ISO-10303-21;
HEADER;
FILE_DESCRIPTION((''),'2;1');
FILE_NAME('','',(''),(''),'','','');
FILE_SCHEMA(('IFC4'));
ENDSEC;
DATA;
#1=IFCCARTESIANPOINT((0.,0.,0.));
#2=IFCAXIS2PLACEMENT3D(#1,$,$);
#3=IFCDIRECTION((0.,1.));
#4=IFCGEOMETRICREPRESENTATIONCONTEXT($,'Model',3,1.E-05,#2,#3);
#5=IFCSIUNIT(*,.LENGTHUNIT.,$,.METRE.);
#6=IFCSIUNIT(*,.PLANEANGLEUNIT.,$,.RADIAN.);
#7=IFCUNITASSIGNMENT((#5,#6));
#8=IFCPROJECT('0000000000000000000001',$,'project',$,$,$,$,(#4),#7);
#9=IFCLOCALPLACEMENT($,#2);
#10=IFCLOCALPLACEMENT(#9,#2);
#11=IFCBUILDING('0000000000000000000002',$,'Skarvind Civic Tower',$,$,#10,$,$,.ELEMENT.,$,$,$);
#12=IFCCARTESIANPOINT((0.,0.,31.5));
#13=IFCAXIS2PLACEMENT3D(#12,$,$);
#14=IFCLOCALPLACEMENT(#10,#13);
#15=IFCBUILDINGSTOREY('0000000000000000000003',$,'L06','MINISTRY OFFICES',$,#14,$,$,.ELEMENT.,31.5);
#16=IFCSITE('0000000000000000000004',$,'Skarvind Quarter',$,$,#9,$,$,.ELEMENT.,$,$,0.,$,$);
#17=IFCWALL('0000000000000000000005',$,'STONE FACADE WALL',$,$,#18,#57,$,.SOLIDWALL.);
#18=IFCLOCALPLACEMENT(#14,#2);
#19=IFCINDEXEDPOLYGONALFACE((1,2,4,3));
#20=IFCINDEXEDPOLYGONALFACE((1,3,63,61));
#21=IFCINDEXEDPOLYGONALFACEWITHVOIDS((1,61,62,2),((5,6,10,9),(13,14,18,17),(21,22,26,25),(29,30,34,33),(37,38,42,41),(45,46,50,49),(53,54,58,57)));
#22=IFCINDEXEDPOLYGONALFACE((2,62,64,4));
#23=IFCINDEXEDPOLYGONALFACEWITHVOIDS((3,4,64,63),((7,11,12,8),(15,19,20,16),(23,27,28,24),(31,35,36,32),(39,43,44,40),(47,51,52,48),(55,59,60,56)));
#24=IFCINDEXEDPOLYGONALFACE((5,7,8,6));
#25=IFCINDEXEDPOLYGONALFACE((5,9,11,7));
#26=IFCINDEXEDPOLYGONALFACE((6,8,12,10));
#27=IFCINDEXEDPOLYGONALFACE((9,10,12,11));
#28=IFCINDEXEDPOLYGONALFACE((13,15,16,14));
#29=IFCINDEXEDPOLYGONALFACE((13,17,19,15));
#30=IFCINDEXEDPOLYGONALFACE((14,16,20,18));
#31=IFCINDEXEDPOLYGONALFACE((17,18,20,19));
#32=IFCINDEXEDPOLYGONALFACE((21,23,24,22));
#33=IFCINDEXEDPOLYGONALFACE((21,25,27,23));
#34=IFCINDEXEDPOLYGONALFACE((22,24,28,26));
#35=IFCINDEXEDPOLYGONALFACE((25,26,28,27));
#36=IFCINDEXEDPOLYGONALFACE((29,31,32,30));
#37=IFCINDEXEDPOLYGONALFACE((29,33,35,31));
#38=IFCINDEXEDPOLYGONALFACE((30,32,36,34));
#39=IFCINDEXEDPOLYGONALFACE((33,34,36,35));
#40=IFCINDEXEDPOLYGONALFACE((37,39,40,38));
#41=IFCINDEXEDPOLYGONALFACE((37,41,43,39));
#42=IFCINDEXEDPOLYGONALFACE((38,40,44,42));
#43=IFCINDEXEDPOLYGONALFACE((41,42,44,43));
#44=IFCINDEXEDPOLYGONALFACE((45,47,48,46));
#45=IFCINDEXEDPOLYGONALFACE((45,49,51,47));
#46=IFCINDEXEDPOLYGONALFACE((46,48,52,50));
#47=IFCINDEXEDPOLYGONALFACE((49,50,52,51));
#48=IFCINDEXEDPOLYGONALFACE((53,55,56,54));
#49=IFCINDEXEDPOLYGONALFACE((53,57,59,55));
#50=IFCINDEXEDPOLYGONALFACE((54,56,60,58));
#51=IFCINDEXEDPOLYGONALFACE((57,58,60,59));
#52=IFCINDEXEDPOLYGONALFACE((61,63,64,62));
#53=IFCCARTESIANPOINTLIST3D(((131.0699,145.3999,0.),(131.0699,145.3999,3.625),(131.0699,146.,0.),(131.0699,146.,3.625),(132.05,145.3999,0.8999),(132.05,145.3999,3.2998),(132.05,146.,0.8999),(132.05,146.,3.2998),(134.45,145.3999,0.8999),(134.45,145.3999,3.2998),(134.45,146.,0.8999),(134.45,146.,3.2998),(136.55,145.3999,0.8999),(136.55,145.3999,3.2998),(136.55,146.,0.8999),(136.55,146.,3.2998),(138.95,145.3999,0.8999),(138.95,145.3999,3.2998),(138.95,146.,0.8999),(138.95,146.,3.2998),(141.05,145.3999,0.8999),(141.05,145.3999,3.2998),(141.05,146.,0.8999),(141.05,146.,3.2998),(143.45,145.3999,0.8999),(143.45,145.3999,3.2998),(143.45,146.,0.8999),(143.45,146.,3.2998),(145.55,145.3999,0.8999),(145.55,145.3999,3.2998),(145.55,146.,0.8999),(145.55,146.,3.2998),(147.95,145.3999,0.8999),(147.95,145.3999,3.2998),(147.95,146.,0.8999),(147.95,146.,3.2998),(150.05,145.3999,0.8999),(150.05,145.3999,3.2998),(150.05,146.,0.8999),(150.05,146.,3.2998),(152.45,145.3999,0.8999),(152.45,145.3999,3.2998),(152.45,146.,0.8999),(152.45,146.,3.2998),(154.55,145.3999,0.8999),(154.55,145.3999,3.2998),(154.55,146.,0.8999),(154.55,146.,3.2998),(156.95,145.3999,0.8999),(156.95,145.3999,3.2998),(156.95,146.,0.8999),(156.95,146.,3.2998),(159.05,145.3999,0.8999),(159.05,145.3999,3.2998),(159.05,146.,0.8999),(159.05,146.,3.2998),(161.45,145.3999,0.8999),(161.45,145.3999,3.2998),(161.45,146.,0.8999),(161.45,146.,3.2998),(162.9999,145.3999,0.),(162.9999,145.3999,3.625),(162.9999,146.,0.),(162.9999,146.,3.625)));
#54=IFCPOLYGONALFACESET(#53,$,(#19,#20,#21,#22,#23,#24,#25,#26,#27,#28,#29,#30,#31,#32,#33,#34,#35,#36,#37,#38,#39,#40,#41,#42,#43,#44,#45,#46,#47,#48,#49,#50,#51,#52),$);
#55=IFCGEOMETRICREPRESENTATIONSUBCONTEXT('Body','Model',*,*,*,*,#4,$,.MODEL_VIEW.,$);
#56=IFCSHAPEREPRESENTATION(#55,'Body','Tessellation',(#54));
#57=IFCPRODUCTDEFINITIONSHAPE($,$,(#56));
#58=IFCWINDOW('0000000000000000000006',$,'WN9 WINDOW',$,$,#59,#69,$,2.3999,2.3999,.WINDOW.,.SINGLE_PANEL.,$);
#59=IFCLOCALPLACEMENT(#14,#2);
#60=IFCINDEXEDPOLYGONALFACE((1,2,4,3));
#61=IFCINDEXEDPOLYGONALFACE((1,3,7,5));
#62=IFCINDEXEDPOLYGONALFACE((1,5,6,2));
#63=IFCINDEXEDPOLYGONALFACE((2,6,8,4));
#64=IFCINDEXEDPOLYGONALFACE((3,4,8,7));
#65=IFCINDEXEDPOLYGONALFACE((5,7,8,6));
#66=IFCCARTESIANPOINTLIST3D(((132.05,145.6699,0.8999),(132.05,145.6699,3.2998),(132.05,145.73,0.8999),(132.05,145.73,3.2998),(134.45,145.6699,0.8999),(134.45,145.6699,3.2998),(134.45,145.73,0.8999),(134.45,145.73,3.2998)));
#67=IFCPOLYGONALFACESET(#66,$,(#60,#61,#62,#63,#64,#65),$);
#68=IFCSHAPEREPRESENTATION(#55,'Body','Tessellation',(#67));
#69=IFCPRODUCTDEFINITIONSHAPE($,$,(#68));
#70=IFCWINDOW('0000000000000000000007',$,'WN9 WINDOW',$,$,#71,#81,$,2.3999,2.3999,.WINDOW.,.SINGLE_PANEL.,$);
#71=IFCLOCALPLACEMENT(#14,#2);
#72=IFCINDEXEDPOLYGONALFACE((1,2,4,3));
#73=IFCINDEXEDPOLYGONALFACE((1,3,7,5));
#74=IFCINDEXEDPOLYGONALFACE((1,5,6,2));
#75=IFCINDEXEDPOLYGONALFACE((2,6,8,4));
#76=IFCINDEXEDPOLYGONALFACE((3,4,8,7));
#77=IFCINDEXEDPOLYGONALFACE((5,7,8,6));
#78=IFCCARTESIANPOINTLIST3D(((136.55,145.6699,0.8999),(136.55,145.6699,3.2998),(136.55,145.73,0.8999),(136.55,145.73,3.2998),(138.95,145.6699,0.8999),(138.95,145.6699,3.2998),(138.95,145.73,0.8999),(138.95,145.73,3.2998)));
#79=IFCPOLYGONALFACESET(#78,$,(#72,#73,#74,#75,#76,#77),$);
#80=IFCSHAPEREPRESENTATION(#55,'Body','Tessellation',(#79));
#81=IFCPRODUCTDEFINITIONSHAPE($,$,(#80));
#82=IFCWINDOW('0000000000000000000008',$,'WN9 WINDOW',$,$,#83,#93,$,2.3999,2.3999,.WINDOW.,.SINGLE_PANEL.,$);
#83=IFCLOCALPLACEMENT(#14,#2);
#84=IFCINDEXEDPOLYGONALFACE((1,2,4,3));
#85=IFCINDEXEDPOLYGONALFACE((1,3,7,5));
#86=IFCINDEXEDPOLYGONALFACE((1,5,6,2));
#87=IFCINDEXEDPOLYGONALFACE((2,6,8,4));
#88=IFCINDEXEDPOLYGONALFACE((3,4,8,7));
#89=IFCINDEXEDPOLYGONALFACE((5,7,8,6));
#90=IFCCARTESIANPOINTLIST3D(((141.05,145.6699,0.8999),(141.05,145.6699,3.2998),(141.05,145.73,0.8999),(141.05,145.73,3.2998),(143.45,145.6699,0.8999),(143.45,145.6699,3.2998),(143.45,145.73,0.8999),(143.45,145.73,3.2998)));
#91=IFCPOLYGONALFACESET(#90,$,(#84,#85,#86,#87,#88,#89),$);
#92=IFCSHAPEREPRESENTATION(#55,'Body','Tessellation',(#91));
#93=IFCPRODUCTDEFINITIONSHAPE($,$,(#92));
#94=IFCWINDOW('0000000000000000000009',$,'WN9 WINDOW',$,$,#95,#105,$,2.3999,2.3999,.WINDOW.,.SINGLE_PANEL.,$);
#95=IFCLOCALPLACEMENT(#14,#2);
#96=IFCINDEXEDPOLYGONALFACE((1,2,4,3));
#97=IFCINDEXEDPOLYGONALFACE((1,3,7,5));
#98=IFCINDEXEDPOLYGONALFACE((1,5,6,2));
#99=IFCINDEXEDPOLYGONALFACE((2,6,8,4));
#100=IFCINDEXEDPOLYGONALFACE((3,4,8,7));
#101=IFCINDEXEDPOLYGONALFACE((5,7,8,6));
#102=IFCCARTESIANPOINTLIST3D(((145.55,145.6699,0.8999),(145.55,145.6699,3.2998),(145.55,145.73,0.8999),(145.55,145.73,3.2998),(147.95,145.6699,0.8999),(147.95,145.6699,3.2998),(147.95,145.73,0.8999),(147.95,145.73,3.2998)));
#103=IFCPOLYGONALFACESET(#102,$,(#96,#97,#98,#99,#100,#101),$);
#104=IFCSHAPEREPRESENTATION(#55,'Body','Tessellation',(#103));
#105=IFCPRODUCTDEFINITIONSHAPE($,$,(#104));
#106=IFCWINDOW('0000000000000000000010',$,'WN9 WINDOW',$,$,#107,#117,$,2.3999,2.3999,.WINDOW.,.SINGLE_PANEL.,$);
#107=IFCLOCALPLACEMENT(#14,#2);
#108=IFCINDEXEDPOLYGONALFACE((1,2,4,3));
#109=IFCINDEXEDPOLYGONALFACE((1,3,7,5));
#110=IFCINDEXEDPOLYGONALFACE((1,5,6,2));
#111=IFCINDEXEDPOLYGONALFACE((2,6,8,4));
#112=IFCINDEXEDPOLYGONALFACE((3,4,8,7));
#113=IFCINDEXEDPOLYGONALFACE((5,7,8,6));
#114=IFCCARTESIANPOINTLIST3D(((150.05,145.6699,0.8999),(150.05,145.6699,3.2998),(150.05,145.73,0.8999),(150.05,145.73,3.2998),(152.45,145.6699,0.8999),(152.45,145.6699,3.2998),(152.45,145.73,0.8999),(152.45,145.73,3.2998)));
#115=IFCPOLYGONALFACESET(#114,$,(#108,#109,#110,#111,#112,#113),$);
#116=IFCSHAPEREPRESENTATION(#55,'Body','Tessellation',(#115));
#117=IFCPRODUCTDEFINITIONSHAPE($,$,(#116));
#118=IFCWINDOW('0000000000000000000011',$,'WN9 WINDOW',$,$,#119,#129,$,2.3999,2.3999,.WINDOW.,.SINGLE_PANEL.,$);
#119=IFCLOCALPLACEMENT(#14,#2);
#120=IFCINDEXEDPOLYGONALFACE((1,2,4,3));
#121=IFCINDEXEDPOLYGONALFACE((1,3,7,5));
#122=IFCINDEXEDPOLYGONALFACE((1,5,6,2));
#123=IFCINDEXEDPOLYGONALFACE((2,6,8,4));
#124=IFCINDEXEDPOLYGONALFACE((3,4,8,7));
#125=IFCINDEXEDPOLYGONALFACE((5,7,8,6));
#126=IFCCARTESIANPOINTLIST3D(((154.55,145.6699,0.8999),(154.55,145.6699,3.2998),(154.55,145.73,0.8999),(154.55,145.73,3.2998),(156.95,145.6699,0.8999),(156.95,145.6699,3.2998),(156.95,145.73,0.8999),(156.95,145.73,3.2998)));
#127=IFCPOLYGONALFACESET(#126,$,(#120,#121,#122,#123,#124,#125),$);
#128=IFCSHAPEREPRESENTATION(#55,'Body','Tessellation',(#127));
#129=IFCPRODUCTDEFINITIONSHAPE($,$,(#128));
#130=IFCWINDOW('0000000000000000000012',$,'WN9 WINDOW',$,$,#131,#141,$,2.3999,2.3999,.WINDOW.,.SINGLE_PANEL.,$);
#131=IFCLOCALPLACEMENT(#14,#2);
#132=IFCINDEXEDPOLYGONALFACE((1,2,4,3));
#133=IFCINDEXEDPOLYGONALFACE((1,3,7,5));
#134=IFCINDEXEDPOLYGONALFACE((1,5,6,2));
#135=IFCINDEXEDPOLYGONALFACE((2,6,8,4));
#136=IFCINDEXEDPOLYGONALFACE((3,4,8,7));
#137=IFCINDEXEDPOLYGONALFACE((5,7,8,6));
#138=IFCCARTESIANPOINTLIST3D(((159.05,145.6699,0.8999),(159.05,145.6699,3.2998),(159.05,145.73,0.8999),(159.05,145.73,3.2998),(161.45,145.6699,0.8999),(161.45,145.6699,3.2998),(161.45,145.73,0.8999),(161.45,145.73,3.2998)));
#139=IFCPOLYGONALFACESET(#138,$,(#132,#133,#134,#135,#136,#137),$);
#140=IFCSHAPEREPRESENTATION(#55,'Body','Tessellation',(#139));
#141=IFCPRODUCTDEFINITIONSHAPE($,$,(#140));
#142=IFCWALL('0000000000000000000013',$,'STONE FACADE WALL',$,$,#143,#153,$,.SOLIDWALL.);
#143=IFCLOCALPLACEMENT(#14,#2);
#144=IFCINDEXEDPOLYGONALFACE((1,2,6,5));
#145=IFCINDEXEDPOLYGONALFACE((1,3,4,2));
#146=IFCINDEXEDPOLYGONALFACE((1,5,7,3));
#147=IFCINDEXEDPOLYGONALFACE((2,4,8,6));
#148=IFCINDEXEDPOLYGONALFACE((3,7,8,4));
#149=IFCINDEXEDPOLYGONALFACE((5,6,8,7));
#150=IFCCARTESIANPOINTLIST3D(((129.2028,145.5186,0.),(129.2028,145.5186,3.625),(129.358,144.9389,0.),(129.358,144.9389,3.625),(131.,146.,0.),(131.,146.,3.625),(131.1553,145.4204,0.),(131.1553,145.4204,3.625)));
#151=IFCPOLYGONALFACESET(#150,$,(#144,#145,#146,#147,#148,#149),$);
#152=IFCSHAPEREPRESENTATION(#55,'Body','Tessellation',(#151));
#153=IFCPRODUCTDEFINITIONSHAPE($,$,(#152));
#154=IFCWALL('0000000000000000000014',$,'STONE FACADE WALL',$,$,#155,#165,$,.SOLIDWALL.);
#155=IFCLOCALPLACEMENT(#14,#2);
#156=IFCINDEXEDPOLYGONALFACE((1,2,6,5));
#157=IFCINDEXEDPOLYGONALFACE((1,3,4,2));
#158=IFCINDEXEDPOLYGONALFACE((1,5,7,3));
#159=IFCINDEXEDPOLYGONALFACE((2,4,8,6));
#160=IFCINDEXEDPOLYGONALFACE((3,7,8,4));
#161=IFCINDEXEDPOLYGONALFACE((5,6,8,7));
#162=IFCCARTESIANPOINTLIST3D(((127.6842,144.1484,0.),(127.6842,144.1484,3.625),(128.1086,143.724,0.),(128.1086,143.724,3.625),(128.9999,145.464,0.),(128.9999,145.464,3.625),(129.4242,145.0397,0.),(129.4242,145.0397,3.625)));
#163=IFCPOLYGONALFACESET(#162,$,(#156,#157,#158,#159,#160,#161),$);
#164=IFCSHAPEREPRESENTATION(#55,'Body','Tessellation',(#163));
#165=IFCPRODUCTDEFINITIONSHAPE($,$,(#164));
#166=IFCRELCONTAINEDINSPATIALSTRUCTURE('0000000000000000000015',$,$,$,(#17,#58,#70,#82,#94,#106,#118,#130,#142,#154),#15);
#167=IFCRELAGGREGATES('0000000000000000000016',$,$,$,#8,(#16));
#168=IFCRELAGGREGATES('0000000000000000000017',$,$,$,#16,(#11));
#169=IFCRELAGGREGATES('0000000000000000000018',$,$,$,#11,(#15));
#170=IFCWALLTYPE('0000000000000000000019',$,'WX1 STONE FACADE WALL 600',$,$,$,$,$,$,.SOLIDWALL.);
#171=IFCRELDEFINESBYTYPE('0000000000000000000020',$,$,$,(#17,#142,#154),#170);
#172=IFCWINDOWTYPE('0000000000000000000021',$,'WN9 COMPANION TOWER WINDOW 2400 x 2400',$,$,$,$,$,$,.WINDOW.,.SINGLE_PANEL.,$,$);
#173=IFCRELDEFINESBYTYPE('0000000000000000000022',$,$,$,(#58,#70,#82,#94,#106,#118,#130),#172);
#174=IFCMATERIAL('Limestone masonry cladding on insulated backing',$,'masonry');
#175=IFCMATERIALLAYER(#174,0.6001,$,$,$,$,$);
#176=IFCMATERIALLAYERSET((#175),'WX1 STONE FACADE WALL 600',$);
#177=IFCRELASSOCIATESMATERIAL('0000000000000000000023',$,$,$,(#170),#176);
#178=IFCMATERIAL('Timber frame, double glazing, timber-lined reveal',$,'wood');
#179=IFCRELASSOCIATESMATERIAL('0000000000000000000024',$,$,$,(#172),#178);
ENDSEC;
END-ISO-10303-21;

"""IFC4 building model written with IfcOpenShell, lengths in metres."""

from ifc_helpers import new_model, si_unit, direction, frame, frame_2d, origin, place, context, subcontext, project, spatial, rectangle, extrude, material, layer, layer_set, type_object, element, fill, save


model = new_model("IFC4")

# Units and contexts
model_context = context("Model", 3, precision=1e-05, world=origin(), true_north=direction((0.0, 1.0)))
body_context = subcontext(model_context, "Body", "Model", "MODEL_VIEW")
ifc_project = project(units=[si_unit("LENGTHUNIT", "METRE"), si_unit("PLANEANGLEUNIT", "RADIAN")], contexts=[model_context])

# Site, building, storey
site_placement = place(None, origin())
site = spatial("IfcSite", under=ifc_project, at=site_placement, Name="Skarvind Quarter", CompositionType="ELEMENT", RefElevation=0.0)
building_placement = place(site_placement, origin())
building = spatial("IfcBuilding", under=site, at=building_placement, Name="Skarvind Civic Tower", CompositionType="ELEMENT")
storey_placement = place(building_placement, frame((0.0, 0.0, 31.5)))
storey = spatial("IfcBuildingStorey", under=building, at=storey_placement, Name="L06", Description="MINISTRY OFFICES", CompositionType="ELEMENT", Elevation=31.5)

# Wall, openings, windows
ifc_material_1 = material(Name="Limestone masonry cladding on insulated backing", Category="masonry")
ifc_layer_1 = layer(ifc_material_1, 0.6001)
ifc_layer_set_1 = layer_set([ifc_layer_1], Name="WX1 STONE FACADE WALL 600")
wall_type_1 = type_object("IfcWallType", Name="WX1 STONE FACADE WALL 600", PredefinedType="SOLIDWALL", material=ifc_layer_set_1)
wall_1_placement = place(storey_placement, frame((131.0701, 145.7, 0.0), z_axis=(0.0, 0.0, 1.0), x_axis=(1.0, 0.0, 0.0)))
wall_1 = element("IfcWall", 1, at=wall_1_placement, inside=storey, type_object=wall_type_1, Name="STONE FACADE WALL", PredefinedType="SOLIDWALL", context=body_context, shape_type="SweptSolid", body=[
    extrude(rectangle(XDim=31.9299, YDim=0.6001, at=frame_2d((15.9648, 0.0))), origin(), (0.0, 0.0, 1.0), 3.625),
])
opening_1_placement = place(wall_1_placement, frame((0.98, 0.0, 0.8999)))
opening_1 = element("IfcOpeningElement", 2, at=opening_1_placement, cuts=wall_1, PredefinedType="OPENING", context=body_context, shape_type="SweptSolid", body=[
    extrude(rectangle(XDim=2.3999, YDim=2.3999, at=frame_2d((1.2, 1.2))), frame((0.0, 0.3101, 0.0), z_axis=(0.0, -1.0, 0.0), x_axis=(1.0, 0.0, 0.0)), (0.0, 0.0, 1.0), 0.6201),
])
opening_2_placement = place(wall_1_placement, frame((5.48, 0.0, 0.8999)))
opening_2 = element("IfcOpeningElement", 3, at=opening_2_placement, cuts=wall_1, PredefinedType="OPENING", context=body_context, shape_type="SweptSolid", body=[
    extrude(rectangle(XDim=2.3999, YDim=2.3999, at=frame_2d((1.2, 1.2))), frame((0.0, 0.3101, 0.0), z_axis=(0.0, -1.0, 0.0), x_axis=(1.0, 0.0, 0.0)), (0.0, 0.0, 1.0), 0.6201),
])
opening_3_placement = place(wall_1_placement, frame((9.98, 0.0, 0.8999)))
opening_3 = element("IfcOpeningElement", 4, at=opening_3_placement, cuts=wall_1, PredefinedType="OPENING", context=body_context, shape_type="SweptSolid", body=[
    extrude(rectangle(XDim=2.3999, YDim=2.3999, at=frame_2d((1.2, 1.2))), frame((0.0, 0.3101, 0.0), z_axis=(0.0, -1.0, 0.0), x_axis=(1.0, 0.0, 0.0)), (0.0, 0.0, 1.0), 0.6201),
])
opening_4_placement = place(wall_1_placement, frame((14.48, 0.0, 0.8999)))
opening_4 = element("IfcOpeningElement", 5, at=opening_4_placement, cuts=wall_1, PredefinedType="OPENING", context=body_context, shape_type="SweptSolid", body=[
    extrude(rectangle(XDim=2.3999, YDim=2.3999, at=frame_2d((1.2, 1.2))), frame((0.0, 0.3101, 0.0), z_axis=(0.0, -1.0, 0.0), x_axis=(1.0, 0.0, 0.0)), (0.0, 0.0, 1.0), 0.6201),
])
opening_5_placement = place(wall_1_placement, frame((18.98, 0.0, 0.8999)))
opening_5 = element("IfcOpeningElement", 6, at=opening_5_placement, cuts=wall_1, PredefinedType="OPENING", context=body_context, shape_type="SweptSolid", body=[
    extrude(rectangle(XDim=2.3999, YDim=2.3999, at=frame_2d((1.2, 1.2))), frame((0.0, 0.3101, 0.0), z_axis=(0.0, -1.0, 0.0), x_axis=(1.0, 0.0, 0.0)), (0.0, 0.0, 1.0), 0.6201),
])
opening_6_placement = place(wall_1_placement, frame((23.48, 0.0, 0.8999)))
opening_6 = element("IfcOpeningElement", 7, at=opening_6_placement, cuts=wall_1, PredefinedType="OPENING", context=body_context, shape_type="SweptSolid", body=[
    extrude(rectangle(XDim=2.3999, YDim=2.3999, at=frame_2d((1.2, 1.2))), frame((0.0, 0.3101, 0.0), z_axis=(0.0, -1.0, 0.0), x_axis=(1.0, 0.0, 0.0)), (0.0, 0.0, 1.0), 0.6201),
])
opening_7_placement = place(wall_1_placement, frame((27.98, 0.0, 0.8999)))
opening_7 = element("IfcOpeningElement", 8, at=opening_7_placement, cuts=wall_1, PredefinedType="OPENING", context=body_context, shape_type="SweptSolid", body=[
    extrude(rectangle(XDim=2.3999, YDim=2.3999, at=frame_2d((1.2, 1.2))), frame((0.0, 0.3101, 0.0), z_axis=(0.0, -1.0, 0.0), x_axis=(1.0, 0.0, 0.0)), (0.0, 0.0, 1.0), 0.6201),
])
ifc_material_2 = material(Name="Timber frame, double glazing, timber-lined reveal", Category="wood")
window_type = type_object("IfcWindowType", Name="WN9 COMPANION TOWER WINDOW 2400 x 2400", PartitioningType="SINGLE_PANEL", PredefinedType="WINDOW", material=ifc_material_2)
window_1_placement = place(opening_1_placement, origin())
window_1 = element("IfcWindow", 9, at=window_1_placement, inside=storey, type_object=window_type, Name="WN9 WINDOW", OverallHeight=2.3999, OverallWidth=2.3999, PartitioningType="SINGLE_PANEL", PredefinedType="WINDOW", context=body_context, shape_type="SweptSolid", body=[
    extrude(rectangle(XDim=2.3999, YDim=2.3999, at=frame_2d((1.2, 1.2))), frame((0.0, 0.03, 0.0), z_axis=(0.0, -1.0, 0.0), x_axis=(1.0, 0.0, 0.0)), (0.0, 0.0, 1.0), 0.0601),
])
fill(opening_1, window_1)
window_2_placement = place(opening_2_placement, origin())
window_2 = element("IfcWindow", 10, at=window_2_placement, inside=storey, type_object=window_type, Name="WN9 WINDOW", OverallHeight=2.3999, OverallWidth=2.3999, PartitioningType="SINGLE_PANEL", PredefinedType="WINDOW", context=body_context, shape_type="SweptSolid", body=[
    extrude(rectangle(XDim=2.3999, YDim=2.3999, at=frame_2d((1.2, 1.2))), frame((0.0, 0.03, 0.0), z_axis=(0.0, -1.0, 0.0), x_axis=(1.0, 0.0, 0.0)), (0.0, 0.0, 1.0), 0.0601),
])
fill(opening_2, window_2)
window_3_placement = place(opening_3_placement, origin())
window_3 = element("IfcWindow", 11, at=window_3_placement, inside=storey, type_object=window_type, Name="WN9 WINDOW", OverallHeight=2.3999, OverallWidth=2.3999, PartitioningType="SINGLE_PANEL", PredefinedType="WINDOW", context=body_context, shape_type="SweptSolid", body=[
    extrude(rectangle(XDim=2.3999, YDim=2.3999, at=frame_2d((1.2, 1.2))), frame((0.0, 0.03, 0.0), z_axis=(0.0, -1.0, 0.0), x_axis=(1.0, 0.0, 0.0)), (0.0, 0.0, 1.0), 0.0601),
])
fill(opening_3, window_3)
window_4_placement = place(opening_4_placement, origin())
window_4 = element("IfcWindow", 12, at=window_4_placement, inside=storey, type_object=window_type, Name="WN9 WINDOW", OverallHeight=2.3999, OverallWidth=2.3999, PartitioningType="SINGLE_PANEL", PredefinedType="WINDOW", context=body_context, shape_type="SweptSolid", body=[
    extrude(rectangle(XDim=2.3999, YDim=2.3999, at=frame_2d((1.2, 1.2))), frame((0.0, 0.03, 0.0), z_axis=(0.0, -1.0, 0.0), x_axis=(1.0, 0.0, 0.0)), (0.0, 0.0, 1.0), 0.0601),
])
fill(opening_4, window_4)
window_5_placement = place(opening_5_placement, origin())
window_5 = element("IfcWindow", 13, at=window_5_placement, inside=storey, type_object=window_type, Name="WN9 WINDOW", OverallHeight=2.3999, OverallWidth=2.3999, PartitioningType="SINGLE_PANEL", PredefinedType="WINDOW", context=body_context, shape_type="SweptSolid", body=[
    extrude(rectangle(XDim=2.3999, YDim=2.3999, at=frame_2d((1.2, 1.2))), frame((0.0, 0.03, 0.0), z_axis=(0.0, -1.0, 0.0), x_axis=(1.0, 0.0, 0.0)), (0.0, 0.0, 1.0), 0.0601),
])
fill(opening_5, window_5)
window_6_placement = place(opening_6_placement, origin())
window_6 = element("IfcWindow", 14, at=window_6_placement, inside=storey, type_object=window_type, Name="WN9 WINDOW", OverallHeight=2.3999, OverallWidth=2.3999, PartitioningType="SINGLE_PANEL", PredefinedType="WINDOW", context=body_context, shape_type="SweptSolid", body=[
    extrude(rectangle(XDim=2.3999, YDim=2.3999, at=frame_2d((1.2, 1.2))), frame((0.0, 0.03, 0.0), z_axis=(0.0, -1.0, 0.0), x_axis=(1.0, 0.0, 0.0)), (0.0, 0.0, 1.0), 0.0601),
])
fill(opening_6, window_6)
window_7_placement = place(opening_7_placement, origin())
window_7 = element("IfcWindow", 15, at=window_7_placement, inside=storey, type_object=window_type, Name="WN9 WINDOW", OverallHeight=2.3999, OverallWidth=2.3999, PartitioningType="SINGLE_PANEL", PredefinedType="WINDOW", context=body_context, shape_type="SweptSolid", body=[
    extrude(rectangle(XDim=2.3999, YDim=2.3999, at=frame_2d((1.2, 1.2))), frame((0.0, 0.03, 0.0), z_axis=(0.0, -1.0, 0.0), x_axis=(1.0, 0.0, 0.0)), (0.0, 0.0, 1.0), 0.0601),
])
fill(opening_7, window_7)

# Walls
for number, where, z_axis, x_axis, name in (
    (16, (129.2805, 145.2288, 0.0), (0.0, 0.0, 1.0), (0.965938, 0.258773, 0.0), "STONE FACADE WALL"),
    (17, (127.8965, 143.9363, 0.0), (0.0, 0.0, 1.0), (0.707107, 0.707107, 0.0), "STONE FACADE WALL"),
):
    element("IfcWall", number, at=place(storey_placement, frame(where, z_axis=z_axis, x_axis=x_axis)), inside=storey, type_object=wall_type_1, Name=name, PredefinedType="SOLIDWALL", context=body_context, shape_type="SweptSolid", body=[
        extrude(rectangle(XDim=1.8606, YDim=0.6001, at=frame_2d((0.9302, 0.0))), origin(), (0.0, 0.0, 1.0), 3.625),
    ])

save(model, "model.ifc")
